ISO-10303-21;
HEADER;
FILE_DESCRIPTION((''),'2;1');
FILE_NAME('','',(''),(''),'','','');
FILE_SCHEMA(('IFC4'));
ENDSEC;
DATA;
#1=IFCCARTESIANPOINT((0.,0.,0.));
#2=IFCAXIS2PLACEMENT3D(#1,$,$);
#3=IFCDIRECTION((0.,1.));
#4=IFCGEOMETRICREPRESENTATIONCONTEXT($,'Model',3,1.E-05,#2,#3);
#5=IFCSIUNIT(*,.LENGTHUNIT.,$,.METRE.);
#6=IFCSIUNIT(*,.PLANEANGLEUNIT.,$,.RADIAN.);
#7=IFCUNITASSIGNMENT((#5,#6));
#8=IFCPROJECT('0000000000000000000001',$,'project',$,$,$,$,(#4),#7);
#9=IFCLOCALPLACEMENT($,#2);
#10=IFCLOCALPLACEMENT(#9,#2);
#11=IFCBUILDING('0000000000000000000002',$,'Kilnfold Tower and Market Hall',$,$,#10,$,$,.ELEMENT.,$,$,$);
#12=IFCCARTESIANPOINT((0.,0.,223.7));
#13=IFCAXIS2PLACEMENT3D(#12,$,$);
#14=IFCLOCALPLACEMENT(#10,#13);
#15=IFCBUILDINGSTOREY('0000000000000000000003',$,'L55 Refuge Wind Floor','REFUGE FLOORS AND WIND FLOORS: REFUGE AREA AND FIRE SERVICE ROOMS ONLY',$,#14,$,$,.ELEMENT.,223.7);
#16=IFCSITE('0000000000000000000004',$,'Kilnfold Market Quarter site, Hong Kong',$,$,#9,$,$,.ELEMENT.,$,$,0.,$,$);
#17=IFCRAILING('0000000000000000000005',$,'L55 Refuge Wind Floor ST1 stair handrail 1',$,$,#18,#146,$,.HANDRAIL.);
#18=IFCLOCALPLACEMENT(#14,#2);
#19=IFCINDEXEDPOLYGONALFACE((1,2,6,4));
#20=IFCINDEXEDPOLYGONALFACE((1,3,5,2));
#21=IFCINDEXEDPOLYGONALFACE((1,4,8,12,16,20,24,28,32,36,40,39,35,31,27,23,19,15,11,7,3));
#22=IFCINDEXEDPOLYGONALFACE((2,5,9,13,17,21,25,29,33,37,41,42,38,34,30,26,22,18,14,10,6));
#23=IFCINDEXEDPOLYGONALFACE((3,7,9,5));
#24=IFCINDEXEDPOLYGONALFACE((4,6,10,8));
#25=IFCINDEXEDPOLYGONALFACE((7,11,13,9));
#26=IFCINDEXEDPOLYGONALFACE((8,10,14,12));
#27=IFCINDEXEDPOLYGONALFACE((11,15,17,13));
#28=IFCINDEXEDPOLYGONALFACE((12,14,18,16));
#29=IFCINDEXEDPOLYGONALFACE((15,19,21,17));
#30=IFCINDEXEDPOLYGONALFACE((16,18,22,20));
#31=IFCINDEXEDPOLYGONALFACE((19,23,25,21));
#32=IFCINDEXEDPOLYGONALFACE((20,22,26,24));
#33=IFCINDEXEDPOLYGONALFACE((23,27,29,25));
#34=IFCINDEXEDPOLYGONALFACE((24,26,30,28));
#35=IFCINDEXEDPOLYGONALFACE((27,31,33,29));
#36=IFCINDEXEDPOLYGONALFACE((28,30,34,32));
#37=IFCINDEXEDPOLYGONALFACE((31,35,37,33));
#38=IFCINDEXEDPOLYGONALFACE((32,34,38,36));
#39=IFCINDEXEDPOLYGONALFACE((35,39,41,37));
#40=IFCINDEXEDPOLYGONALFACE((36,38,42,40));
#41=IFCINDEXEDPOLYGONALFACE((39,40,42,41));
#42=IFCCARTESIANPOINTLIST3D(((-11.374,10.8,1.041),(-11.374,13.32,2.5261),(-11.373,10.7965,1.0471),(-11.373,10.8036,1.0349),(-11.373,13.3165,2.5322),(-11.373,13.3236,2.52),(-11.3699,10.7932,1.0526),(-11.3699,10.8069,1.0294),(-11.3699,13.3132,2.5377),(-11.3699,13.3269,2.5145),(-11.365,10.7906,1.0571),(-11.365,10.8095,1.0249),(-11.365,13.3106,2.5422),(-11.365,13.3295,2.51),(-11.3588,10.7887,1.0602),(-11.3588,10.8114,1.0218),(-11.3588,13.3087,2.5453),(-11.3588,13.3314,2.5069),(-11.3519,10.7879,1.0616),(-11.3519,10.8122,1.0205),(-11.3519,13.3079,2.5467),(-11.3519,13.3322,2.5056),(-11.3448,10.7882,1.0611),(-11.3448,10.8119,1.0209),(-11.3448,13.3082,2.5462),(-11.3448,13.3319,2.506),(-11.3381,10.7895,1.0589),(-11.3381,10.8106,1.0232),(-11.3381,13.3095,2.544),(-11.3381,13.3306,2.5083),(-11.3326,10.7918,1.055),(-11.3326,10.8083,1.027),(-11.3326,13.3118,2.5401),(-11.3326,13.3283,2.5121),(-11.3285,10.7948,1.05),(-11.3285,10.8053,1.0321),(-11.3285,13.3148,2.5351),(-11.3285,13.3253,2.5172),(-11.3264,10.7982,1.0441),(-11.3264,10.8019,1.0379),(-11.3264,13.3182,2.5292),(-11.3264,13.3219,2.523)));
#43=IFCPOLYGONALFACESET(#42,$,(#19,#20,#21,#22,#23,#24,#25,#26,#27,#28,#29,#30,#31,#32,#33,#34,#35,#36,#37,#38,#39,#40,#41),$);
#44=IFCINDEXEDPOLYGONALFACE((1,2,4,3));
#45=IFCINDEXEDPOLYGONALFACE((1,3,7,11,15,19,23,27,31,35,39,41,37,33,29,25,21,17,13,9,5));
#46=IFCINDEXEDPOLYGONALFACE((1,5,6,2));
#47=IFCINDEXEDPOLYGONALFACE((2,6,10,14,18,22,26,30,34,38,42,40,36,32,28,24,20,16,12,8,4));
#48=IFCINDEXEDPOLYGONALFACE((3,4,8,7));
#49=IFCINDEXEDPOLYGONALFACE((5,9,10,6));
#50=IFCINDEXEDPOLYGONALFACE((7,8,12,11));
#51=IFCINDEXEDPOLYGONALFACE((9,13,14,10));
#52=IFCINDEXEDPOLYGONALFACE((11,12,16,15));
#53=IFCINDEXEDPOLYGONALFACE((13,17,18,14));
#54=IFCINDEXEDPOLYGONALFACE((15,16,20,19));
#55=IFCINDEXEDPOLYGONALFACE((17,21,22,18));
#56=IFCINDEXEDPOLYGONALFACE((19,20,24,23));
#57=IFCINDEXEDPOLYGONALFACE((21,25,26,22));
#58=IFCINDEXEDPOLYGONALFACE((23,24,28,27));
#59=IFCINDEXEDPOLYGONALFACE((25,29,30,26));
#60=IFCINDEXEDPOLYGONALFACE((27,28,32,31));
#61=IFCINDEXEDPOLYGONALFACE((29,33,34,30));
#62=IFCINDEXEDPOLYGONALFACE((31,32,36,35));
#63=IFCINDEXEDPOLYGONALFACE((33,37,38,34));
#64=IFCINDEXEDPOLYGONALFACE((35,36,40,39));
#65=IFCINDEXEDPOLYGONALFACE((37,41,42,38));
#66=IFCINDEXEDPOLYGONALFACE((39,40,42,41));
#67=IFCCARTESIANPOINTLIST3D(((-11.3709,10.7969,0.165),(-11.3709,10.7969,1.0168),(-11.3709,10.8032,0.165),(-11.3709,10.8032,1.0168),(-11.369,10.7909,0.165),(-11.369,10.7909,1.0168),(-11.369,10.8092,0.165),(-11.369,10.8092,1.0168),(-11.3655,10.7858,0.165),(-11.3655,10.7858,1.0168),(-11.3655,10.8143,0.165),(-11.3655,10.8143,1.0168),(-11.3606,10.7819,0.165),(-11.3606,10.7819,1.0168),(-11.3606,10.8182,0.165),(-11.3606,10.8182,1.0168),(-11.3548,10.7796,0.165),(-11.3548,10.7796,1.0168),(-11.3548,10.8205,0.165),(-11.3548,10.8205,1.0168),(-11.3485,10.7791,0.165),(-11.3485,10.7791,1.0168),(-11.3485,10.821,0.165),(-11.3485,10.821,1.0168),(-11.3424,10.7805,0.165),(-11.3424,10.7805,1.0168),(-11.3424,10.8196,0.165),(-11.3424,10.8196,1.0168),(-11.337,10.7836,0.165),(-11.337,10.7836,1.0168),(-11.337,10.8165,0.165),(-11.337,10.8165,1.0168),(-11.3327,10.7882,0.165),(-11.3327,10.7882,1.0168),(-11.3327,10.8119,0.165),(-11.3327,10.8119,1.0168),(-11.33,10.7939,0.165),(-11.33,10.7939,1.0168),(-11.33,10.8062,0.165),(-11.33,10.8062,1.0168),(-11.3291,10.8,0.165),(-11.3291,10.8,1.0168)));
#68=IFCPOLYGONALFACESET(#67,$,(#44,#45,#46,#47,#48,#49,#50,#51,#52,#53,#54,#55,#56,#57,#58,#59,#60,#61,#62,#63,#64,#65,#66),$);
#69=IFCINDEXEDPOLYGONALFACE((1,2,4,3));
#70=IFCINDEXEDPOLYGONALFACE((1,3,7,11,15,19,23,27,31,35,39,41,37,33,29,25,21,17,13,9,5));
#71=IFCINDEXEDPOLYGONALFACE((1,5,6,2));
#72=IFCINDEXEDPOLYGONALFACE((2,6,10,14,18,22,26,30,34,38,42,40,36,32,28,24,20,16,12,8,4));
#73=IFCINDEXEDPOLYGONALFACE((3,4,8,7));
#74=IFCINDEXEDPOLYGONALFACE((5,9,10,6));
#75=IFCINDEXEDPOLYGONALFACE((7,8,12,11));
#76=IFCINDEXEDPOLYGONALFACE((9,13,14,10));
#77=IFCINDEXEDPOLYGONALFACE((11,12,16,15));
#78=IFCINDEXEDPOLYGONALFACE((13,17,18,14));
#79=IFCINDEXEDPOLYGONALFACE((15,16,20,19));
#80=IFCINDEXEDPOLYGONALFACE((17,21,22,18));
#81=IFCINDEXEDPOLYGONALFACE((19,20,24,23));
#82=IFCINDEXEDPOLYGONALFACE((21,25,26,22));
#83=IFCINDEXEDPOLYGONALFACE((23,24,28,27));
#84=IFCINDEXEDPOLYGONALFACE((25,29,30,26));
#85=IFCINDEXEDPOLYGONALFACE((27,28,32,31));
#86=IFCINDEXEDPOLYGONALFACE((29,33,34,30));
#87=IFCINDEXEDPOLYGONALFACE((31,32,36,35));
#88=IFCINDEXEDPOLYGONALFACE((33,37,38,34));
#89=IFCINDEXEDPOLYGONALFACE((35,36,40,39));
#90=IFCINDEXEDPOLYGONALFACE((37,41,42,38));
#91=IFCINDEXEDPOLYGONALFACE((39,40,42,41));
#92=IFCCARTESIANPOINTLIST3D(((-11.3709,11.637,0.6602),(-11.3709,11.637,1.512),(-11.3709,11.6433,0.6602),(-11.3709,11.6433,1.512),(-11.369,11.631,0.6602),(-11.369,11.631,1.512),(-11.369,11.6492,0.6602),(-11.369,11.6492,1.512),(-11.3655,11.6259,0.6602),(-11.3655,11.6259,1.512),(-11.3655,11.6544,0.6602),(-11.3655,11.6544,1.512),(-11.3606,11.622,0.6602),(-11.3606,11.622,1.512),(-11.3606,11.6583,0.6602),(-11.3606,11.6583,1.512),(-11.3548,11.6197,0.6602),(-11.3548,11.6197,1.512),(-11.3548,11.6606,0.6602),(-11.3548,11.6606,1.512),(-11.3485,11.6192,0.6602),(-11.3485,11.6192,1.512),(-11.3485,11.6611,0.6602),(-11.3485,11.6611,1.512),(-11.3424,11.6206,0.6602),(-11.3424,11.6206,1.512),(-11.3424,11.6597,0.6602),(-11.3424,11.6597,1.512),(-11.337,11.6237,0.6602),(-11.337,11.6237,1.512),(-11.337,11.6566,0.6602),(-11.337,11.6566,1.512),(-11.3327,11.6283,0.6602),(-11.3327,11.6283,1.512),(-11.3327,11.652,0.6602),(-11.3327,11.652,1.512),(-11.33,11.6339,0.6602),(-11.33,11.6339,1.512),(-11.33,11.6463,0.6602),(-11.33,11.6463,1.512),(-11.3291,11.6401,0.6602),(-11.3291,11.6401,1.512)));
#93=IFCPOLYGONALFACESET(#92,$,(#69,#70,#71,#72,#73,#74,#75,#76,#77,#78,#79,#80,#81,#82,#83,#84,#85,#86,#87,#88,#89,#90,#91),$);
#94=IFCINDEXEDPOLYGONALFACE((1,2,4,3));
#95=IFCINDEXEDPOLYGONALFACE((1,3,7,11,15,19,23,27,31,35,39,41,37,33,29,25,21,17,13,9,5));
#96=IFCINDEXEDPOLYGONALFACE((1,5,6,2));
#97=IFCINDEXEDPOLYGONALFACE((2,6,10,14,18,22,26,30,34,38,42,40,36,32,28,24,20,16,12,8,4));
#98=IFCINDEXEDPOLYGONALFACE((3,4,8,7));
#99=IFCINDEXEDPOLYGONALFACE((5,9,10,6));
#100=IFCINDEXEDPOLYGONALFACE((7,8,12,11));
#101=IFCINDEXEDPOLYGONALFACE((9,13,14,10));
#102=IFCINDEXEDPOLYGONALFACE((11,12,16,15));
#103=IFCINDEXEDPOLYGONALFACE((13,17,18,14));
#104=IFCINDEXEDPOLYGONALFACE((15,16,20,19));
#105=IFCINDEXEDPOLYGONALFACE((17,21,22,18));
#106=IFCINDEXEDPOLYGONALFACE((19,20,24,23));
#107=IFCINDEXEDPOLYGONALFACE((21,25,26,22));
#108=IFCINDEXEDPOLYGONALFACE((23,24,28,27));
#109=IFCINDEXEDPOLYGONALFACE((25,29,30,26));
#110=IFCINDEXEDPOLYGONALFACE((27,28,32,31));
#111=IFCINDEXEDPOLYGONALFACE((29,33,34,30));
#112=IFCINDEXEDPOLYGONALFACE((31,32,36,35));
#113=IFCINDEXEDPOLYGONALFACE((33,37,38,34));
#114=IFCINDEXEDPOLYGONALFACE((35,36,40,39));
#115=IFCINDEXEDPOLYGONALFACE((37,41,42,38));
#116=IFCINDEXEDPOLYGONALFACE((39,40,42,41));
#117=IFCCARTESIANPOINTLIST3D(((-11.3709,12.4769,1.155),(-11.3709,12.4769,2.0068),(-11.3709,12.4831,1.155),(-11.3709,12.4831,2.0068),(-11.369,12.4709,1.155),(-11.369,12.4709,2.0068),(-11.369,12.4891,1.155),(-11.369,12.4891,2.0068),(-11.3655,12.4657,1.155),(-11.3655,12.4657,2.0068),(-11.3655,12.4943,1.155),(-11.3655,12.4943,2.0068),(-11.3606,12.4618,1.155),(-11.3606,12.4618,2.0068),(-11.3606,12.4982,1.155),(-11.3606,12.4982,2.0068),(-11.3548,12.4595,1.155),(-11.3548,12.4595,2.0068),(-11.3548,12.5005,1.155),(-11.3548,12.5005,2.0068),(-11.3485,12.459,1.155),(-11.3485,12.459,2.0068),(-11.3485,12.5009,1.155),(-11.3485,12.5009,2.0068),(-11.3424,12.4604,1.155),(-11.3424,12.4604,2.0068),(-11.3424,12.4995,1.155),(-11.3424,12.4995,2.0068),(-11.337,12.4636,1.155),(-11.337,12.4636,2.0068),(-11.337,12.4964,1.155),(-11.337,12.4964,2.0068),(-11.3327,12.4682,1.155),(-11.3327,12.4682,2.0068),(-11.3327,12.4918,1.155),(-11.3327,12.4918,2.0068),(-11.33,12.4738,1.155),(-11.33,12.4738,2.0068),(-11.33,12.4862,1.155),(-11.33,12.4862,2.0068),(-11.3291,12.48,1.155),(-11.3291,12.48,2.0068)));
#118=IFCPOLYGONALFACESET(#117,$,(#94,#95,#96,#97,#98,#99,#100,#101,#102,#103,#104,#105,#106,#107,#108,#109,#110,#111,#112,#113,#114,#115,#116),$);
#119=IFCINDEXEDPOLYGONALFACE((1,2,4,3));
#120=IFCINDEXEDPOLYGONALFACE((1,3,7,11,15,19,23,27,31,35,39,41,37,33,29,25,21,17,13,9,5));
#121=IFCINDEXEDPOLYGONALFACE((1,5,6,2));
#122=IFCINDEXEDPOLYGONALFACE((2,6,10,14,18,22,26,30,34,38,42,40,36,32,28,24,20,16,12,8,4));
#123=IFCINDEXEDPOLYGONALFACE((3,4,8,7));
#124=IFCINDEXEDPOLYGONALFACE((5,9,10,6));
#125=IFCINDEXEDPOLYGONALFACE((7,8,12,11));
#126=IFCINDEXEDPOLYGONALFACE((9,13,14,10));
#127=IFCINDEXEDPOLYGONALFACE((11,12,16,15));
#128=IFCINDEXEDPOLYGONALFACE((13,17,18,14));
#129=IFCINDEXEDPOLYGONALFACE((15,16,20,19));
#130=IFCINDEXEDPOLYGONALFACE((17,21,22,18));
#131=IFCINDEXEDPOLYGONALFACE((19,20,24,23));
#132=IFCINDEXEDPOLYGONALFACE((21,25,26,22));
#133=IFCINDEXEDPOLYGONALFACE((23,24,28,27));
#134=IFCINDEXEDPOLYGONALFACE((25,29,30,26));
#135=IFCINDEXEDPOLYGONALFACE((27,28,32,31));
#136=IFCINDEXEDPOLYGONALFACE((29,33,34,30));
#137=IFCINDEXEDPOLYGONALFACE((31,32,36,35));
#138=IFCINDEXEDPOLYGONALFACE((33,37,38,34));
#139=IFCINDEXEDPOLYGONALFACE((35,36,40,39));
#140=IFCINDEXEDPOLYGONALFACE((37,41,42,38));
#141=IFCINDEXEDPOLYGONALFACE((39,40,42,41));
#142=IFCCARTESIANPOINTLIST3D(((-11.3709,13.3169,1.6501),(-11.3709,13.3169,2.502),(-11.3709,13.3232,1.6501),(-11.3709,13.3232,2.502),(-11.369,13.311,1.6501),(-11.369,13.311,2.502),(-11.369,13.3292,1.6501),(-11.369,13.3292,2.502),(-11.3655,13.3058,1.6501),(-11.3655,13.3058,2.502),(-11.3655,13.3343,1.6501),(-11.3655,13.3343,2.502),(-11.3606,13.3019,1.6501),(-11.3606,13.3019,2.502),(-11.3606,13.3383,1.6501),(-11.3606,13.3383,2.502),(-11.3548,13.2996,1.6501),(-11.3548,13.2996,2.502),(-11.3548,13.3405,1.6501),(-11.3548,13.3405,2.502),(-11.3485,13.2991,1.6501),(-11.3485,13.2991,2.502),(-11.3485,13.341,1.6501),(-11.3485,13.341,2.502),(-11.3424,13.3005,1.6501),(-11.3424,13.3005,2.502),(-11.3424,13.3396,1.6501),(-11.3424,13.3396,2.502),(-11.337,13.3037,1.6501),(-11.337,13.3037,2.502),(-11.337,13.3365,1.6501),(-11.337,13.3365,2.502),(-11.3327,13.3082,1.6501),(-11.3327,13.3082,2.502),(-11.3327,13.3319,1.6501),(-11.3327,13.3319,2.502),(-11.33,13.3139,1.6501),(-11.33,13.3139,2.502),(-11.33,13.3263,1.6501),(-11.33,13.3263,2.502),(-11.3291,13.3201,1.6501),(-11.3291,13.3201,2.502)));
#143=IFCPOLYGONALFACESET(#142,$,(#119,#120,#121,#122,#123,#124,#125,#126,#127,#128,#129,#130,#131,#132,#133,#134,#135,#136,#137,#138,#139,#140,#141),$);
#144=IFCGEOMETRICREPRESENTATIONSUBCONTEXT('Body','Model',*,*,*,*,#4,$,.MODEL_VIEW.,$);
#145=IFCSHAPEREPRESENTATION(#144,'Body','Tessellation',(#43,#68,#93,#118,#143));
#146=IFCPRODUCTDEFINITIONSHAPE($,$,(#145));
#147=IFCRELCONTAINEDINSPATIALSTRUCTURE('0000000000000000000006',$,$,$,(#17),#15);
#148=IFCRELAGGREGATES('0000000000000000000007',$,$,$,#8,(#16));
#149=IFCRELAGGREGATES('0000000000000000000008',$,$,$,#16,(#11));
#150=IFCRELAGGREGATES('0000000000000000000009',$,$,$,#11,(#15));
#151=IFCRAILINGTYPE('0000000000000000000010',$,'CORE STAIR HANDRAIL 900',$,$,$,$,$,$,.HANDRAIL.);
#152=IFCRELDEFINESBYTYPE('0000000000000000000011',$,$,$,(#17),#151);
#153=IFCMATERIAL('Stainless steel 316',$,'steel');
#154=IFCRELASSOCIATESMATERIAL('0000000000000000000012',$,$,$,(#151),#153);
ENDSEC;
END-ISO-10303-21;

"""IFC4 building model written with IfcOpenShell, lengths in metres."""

from ifc_helpers import new_model, si_unit, direction, frame, origin, origin_2d, place, context, subcontext, project, spatial, circle, extrude, material, type_object, element, save


model = new_model("IFC4")

# Units and contexts
model_context = context("Model", 3, precision=1e-05, world=origin(), true_north=direction((0.0, 1.0)))
body_context = subcontext(model_context, "Body", "Model", "MODEL_VIEW")
ifc_project = project(units=[si_unit("LENGTHUNIT", "METRE"), si_unit("PLANEANGLEUNIT", "RADIAN")], contexts=[model_context])

# Site, building, storey
site_placement = place(None, origin())
site = spatial("IfcSite", under=ifc_project, at=site_placement, Name="Kilnfold Market Quarter site, Hong Kong", CompositionType="ELEMENT", RefElevation=0.0)
building_placement = place(site_placement, origin())
building = spatial("IfcBuilding", under=site, at=building_placement, Name="Kilnfold Tower and Market Hall", CompositionType="ELEMENT")
storey_placement = place(building_placement, frame((0.0, 0.0, 223.7)))
storey = spatial("IfcBuildingStorey", under=building, at=storey_placement, Name="L55 Refuge Wind Floor", Description="REFUGE FLOORS AND WIND FLOORS: REFUGE AREA AND FIRE SERVICE ROOMS ONLY", CompositionType="ELEMENT", Elevation=223.7)

# Railing
ifc_material_1 = material(Name="Stainless steel 316", Category="steel")
railing_type_1 = type_object("IfcRailingType", Name="CORE STAIR HANDRAIL 900", PredefinedType="HANDRAIL", material=ifc_material_1)
railing_1_placement = place(storey_placement, frame((-11.3501, 10.8, 0.165)))
element("IfcRailing", 1, at=railing_1_placement, inside=storey, type_object=railing_type_1, Name="L55 Refuge Wind Floor ST1 stair handrail 1", PredefinedType="HANDRAIL", context=body_context, shape_type="SweptSolid", body=[
    extrude(circle(Radius=0.0239, at=origin_2d()), frame((0.0, 0.0, 0.876), z_axis=(0.0, 0.861524, 0.507717), x_axis=(-1.0, 0.0, 0.0)), (0.0, 0.0, 1.0), 2.925),
    extrude(circle(Radius=0.021, at=origin_2d()), origin(), (0.0, 0.0, 1.0), 0.8518),
    extrude(circle(Radius=0.021, at=origin_2d()), frame((0.0, 0.8401, 0.4951)), (0.0, 0.0, 1.0), 0.8518),
    extrude(circle(Radius=0.021, at=origin_2d()), frame((0.0, 1.6799, 0.99)), (0.0, 0.0, 1.0), 0.8518),
    extrude(circle(Radius=0.021, at=origin_2d()), frame((0.0, 2.52, 1.4851)), (0.0, 0.0, 1.0), 0.8518),
])

save(model, "model.ifc")
